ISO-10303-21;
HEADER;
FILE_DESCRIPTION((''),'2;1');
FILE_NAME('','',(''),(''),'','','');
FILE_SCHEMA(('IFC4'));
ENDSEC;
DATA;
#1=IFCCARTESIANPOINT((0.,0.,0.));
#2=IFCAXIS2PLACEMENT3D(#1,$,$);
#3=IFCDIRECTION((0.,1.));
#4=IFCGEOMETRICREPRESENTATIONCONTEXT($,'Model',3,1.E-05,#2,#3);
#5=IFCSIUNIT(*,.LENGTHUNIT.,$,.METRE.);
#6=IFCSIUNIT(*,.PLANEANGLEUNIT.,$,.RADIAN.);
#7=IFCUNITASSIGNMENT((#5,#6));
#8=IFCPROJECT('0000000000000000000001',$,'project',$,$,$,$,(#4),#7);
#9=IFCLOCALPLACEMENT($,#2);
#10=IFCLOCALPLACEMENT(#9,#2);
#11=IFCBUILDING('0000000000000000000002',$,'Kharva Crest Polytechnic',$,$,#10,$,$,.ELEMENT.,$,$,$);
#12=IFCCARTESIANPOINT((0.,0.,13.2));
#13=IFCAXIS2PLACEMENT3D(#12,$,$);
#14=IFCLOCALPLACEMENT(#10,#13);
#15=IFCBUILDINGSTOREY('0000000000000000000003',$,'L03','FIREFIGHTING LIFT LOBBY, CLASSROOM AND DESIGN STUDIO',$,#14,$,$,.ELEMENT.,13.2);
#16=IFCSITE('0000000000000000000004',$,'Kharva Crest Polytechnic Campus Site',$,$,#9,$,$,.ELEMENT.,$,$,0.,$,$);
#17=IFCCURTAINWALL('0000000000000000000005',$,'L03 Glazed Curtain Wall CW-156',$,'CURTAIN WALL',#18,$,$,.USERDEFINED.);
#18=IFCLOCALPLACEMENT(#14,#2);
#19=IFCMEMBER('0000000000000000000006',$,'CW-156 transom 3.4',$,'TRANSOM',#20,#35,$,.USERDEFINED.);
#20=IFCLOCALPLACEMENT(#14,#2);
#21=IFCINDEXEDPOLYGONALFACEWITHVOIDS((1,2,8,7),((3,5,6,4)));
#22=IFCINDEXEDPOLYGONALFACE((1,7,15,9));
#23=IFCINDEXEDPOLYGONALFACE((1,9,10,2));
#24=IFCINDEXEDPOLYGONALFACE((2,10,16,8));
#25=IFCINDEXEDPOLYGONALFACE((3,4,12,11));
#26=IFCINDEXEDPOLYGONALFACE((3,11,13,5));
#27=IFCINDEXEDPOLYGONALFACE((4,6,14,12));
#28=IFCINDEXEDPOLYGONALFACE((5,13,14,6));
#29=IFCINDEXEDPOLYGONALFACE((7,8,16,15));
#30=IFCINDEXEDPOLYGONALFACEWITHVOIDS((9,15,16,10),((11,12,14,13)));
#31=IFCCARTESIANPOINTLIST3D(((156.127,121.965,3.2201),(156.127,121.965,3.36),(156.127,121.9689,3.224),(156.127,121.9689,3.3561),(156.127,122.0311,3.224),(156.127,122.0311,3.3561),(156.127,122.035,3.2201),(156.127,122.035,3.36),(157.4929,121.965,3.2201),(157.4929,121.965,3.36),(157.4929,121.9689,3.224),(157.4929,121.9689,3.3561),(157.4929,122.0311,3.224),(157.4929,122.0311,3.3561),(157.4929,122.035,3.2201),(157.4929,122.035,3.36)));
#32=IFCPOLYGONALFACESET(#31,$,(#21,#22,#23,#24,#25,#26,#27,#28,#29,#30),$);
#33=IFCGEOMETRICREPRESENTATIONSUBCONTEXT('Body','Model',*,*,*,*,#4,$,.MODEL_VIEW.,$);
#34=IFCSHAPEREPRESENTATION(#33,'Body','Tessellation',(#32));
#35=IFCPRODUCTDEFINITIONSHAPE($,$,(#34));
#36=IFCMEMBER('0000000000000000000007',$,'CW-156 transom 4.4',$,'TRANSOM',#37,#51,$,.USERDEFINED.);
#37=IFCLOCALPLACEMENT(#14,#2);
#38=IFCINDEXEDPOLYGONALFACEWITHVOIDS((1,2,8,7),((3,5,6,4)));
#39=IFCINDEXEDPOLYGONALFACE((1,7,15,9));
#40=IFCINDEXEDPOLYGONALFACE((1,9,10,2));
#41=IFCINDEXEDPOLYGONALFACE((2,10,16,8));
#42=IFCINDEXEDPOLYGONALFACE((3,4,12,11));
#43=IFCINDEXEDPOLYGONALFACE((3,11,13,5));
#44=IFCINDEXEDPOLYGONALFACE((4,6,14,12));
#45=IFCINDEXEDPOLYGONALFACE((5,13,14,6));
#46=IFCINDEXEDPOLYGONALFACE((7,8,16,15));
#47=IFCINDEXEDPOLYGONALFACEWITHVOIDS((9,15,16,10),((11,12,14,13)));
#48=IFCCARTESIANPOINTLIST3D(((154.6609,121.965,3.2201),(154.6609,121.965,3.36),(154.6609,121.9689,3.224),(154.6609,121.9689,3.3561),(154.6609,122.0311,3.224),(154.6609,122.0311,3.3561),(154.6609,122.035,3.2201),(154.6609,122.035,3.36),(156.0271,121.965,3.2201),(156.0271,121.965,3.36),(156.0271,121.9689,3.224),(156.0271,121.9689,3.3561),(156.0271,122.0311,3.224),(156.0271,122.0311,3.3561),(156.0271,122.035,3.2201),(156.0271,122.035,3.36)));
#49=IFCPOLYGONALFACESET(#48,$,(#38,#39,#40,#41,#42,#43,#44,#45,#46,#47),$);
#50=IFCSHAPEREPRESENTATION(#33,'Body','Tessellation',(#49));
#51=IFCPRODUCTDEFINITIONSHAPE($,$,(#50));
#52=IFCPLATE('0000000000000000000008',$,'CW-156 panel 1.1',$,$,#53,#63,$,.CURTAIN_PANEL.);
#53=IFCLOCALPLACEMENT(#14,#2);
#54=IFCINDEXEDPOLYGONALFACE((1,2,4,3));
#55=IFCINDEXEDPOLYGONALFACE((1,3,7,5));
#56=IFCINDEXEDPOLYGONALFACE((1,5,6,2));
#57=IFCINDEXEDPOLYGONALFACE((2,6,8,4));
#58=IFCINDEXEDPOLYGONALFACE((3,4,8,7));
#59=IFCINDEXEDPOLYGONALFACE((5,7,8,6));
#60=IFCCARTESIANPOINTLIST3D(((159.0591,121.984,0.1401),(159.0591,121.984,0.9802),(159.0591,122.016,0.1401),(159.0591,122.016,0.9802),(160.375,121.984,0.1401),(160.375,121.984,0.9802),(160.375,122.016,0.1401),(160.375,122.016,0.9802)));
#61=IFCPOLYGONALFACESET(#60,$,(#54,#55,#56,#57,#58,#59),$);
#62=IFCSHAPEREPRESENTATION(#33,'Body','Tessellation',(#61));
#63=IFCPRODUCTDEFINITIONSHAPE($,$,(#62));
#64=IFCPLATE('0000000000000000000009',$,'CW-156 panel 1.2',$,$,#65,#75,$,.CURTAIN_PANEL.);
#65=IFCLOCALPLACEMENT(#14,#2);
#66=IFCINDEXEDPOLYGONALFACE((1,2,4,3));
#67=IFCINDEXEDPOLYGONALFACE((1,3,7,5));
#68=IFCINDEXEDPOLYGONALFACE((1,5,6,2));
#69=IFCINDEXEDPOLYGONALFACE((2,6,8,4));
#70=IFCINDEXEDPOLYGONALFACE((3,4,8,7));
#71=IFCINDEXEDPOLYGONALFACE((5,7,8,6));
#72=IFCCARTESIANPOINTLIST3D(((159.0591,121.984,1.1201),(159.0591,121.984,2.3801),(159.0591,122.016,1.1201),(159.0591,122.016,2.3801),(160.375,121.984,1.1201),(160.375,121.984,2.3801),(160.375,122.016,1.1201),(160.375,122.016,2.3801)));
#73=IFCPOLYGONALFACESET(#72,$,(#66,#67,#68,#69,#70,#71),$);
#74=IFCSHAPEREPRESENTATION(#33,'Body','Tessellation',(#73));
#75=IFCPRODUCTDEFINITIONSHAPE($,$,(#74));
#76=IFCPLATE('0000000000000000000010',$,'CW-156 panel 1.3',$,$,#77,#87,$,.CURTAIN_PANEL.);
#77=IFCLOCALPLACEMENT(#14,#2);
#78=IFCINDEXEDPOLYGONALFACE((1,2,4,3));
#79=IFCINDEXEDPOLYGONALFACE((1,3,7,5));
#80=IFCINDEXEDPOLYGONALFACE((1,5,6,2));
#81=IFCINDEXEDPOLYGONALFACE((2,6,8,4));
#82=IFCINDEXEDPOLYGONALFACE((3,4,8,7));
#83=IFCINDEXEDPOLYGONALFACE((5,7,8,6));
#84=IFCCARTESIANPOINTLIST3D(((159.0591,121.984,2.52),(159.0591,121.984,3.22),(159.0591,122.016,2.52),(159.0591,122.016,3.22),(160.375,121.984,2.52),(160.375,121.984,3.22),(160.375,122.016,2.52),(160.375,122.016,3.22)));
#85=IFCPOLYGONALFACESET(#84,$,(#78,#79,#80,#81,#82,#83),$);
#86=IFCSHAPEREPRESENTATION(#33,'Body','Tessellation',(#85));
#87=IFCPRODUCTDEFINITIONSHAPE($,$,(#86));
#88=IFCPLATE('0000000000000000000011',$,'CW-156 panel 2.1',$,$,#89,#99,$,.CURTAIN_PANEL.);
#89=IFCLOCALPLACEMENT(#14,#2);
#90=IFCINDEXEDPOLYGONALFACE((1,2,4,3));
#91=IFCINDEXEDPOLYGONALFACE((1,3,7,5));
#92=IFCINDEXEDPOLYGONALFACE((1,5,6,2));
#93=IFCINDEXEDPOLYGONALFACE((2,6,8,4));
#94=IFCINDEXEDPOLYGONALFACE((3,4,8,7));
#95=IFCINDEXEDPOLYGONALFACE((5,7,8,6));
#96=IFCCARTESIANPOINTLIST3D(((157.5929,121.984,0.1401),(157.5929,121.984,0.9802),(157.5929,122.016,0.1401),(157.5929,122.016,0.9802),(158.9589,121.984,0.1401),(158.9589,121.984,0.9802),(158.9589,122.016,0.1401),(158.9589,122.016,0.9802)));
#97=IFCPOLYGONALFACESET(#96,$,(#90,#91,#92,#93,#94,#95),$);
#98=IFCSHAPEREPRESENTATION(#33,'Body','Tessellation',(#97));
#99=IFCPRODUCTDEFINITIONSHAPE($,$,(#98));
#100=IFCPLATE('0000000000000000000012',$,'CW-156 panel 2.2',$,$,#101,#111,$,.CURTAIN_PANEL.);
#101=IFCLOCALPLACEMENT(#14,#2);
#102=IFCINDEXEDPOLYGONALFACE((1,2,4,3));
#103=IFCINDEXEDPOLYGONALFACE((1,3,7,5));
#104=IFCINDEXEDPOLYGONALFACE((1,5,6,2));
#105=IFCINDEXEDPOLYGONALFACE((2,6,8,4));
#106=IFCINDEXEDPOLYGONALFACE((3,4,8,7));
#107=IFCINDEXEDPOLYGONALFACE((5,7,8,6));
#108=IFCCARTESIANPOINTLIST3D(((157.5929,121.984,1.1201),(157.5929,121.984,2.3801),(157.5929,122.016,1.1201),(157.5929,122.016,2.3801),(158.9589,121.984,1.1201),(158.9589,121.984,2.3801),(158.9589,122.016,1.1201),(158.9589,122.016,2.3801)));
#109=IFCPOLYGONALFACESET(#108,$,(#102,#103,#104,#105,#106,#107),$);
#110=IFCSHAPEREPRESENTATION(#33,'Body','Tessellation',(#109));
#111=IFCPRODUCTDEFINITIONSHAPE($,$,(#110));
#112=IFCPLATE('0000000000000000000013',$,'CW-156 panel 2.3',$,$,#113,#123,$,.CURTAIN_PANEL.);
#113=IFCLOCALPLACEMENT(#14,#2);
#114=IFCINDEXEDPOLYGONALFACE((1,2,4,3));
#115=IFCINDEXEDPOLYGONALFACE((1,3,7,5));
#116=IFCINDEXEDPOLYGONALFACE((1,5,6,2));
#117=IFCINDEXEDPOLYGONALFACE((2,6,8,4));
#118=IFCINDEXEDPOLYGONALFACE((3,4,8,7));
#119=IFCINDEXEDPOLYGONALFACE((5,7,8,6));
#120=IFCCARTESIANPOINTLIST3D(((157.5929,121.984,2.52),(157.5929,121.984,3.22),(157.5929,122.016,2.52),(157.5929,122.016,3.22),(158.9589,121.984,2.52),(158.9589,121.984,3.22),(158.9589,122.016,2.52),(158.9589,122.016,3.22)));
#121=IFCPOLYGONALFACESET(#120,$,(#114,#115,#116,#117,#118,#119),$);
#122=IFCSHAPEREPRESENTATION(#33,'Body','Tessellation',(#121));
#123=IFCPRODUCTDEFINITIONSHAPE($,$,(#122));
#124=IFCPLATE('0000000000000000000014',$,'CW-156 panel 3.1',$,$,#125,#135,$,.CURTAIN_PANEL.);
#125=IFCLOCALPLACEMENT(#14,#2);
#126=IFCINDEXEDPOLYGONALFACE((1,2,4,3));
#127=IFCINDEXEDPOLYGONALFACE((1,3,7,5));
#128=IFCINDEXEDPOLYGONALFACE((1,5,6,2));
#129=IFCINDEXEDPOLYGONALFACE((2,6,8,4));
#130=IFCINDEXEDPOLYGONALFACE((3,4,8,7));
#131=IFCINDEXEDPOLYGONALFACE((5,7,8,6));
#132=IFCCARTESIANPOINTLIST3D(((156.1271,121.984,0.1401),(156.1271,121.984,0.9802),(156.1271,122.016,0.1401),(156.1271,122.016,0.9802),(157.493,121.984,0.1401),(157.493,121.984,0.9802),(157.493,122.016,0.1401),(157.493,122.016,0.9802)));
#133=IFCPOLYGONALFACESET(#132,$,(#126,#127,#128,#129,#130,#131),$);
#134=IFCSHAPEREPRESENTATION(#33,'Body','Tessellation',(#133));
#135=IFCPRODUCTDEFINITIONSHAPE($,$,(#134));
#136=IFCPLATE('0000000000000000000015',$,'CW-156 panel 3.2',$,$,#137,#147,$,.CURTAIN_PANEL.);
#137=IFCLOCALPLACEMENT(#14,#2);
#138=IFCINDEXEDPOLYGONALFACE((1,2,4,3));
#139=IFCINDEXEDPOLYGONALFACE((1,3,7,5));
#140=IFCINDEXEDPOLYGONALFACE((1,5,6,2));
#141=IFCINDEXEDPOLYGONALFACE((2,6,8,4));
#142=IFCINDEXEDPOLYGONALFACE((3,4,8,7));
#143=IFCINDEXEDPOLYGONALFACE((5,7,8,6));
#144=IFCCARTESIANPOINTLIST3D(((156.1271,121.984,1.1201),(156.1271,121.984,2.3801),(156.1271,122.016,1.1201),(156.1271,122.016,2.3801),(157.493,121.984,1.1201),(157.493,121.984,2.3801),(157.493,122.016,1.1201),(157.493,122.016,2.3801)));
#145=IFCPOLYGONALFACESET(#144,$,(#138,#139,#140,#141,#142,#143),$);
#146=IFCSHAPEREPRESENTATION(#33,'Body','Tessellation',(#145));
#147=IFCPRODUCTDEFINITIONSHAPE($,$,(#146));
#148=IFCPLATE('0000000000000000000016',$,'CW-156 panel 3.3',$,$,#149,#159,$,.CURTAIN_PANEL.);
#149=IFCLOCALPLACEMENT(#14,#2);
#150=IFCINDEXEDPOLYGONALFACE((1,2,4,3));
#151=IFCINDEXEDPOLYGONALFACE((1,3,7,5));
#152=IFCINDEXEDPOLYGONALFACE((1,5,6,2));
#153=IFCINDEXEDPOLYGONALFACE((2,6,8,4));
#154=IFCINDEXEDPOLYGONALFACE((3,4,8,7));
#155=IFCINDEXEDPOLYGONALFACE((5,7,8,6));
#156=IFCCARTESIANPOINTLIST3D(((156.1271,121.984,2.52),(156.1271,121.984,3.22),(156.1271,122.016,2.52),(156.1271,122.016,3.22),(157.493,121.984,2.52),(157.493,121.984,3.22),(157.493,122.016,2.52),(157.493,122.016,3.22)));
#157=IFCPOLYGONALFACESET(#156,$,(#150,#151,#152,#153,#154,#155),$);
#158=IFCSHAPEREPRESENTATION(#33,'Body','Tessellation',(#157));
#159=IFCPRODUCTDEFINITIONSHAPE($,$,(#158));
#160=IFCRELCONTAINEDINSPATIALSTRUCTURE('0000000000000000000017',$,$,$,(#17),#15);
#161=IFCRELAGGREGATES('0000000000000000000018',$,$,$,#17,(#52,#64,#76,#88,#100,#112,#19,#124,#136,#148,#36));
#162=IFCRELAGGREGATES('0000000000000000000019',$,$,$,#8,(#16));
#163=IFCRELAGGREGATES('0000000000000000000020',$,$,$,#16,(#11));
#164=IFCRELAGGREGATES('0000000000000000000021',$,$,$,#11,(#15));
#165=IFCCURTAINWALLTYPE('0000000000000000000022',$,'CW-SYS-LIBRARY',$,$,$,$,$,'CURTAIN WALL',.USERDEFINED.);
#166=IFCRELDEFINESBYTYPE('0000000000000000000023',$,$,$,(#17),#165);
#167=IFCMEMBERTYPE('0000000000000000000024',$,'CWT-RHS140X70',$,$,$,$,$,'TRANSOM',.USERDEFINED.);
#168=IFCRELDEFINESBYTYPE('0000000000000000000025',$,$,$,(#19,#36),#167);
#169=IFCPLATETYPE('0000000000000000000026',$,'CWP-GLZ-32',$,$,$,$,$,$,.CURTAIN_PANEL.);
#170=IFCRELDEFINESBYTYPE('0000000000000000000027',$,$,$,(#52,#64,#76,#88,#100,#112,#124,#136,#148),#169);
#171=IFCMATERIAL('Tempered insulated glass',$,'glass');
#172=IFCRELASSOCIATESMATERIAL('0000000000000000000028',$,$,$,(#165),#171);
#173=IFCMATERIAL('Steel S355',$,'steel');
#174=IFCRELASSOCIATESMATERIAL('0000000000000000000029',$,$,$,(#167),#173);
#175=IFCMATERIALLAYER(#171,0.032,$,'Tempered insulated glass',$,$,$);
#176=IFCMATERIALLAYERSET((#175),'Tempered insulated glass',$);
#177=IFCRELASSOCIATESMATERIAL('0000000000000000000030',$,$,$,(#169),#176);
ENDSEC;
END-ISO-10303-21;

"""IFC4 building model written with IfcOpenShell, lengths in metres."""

from ifc_helpers import new_model, si_unit, direction, frame, origin, origin_2d, place, context, subcontext, project, spatial, rectangle, hollow_rectangle, extrude, material, layer, layer_set, material_profile, profile_set, type_object, element, aggregate, save


model = new_model("IFC4")

# Units and contexts
model_context = context("Model", 3, precision=1e-05, world=origin(), true_north=direction((0.0, 1.0)))
body_context = subcontext(model_context, "Body", "Model", "MODEL_VIEW")
ifc_project = project(units=[si_unit("LENGTHUNIT", "METRE"), si_unit("PLANEANGLEUNIT", "RADIAN")], contexts=[model_context])

# Site, building, storey
site_placement = place(None, origin())
site = spatial("IfcSite", under=ifc_project, at=site_placement, Name="Kharva Crest Polytechnic Campus Site", CompositionType="ELEMENT", RefElevation=0.0)
building_placement = place(site_placement, origin())
building = spatial("IfcBuilding", under=site, at=building_placement, Name="Kharva Crest Polytechnic", CompositionType="ELEMENT")
storey_placement = place(building_placement, frame((0.0, 0.0, 13.2)))
storey = spatial("IfcBuildingStorey", under=building, at=storey_placement, Name="L03", Description="FIREFIGHTING LIFT LOBBY, CLASSROOM AND DESIGN STUDIO", CompositionType="ELEMENT", Elevation=13.2)

# Curtain wall, members, plates
ifc_material_1 = material(Name="Tempered insulated glass", Category="glass")
curtain_wall_type = type_object("IfcCurtainWallType", Name="CW-SYS-LIBRARY", ElementType="CURTAIN WALL", PredefinedType="USERDEFINED", material=ifc_material_1)
curtain_wall_placement = place(storey_placement, origin())
curtain_wall = element("IfcCurtainWall", 1, at=curtain_wall_placement, inside=storey, type_object=curtain_wall_type, Name="L03 Glazed Curtain Wall CW-156", ObjectType="CURTAIN WALL", PredefinedType="USERDEFINED")
ifc_material_2 = material(Name="Steel S355", Category="steel")
ifc_material_profile_1 = material_profile(ifc_material_2, hollow_rectangle(XDim=0.0701, YDim=0.1399, WallThickness=0.0039, at=origin_2d()), Name="RHS 140X70X4.0")
ifc_profile_set_1 = profile_set([ifc_material_profile_1], Name="Steel S355")
member_type_1 = type_object("IfcMemberType", Name="CWT-RHS140X70", ElementType="TRANSOM", PredefinedType="USERDEFINED", material=ifc_profile_set_1)
member_1_placement = place(storey_placement, frame((157.4929, 122.0, 3.29), z_axis=(-1.0, 0.0, 0.0), x_axis=(0.0, -1.0, 0.0)))
member_1 = element("IfcMember", 2, at=member_1_placement, type_object=member_type_1, Name="CW-156 transom 3.4", ObjectType="TRANSOM", PredefinedType="USERDEFINED", context=body_context, shape_type="SweptSolid", body=[
    extrude(hollow_rectangle(XDim=0.0701, YDim=0.1399, WallThickness=0.0039, at=origin_2d()), origin(), (0.0, 0.0, 1.0), 1.366),
])
member_2_placement = place(storey_placement, frame((156.0271, 122.0, 3.29), z_axis=(-1.0, 0.0, 0.0), x_axis=(0.0, -1.0, 0.0)))
member_2 = element("IfcMember", 3, at=member_2_placement, type_object=member_type_1, Name="CW-156 transom 4.4", ObjectType="TRANSOM", PredefinedType="USERDEFINED", context=body_context, shape_type="SweptSolid", body=[
    extrude(hollow_rectangle(XDim=0.0701, YDim=0.1399, WallThickness=0.0039, at=origin_2d()), origin(), (0.0, 0.0, 1.0), 1.3662),
])
ifc_layer = layer(ifc_material_1, 0.032, Name="Tempered insulated glass")
ifc_layer_set = layer_set([ifc_layer], Name="Tempered insulated glass")
plate_type = type_object("IfcPlateType", Name="CWP-GLZ-32", PredefinedType="CURTAIN_PANEL", material=ifc_layer_set)
plate_1_placement = place(storey_placement, frame((159.717, 122.0, 0.1401), z_axis=(0.0, 0.0, 1.0), x_axis=(-1.0, 0.0, 0.0)))
plate_1 = element("IfcPlate", 4, at=plate_1_placement, type_object=plate_type, Name="CW-156 panel 1.1", PredefinedType="CURTAIN_PANEL", context=body_context, shape_type="SweptSolid", body=[
    extrude(rectangle(XDim=1.3159, YDim=0.032, at=origin_2d()), origin(), (0.0, 0.0, 1.0), 0.8401),
])
plate_2_placement = place(storey_placement, frame((159.717, 122.0, 1.1201), z_axis=(0.0, 0.0, 1.0), x_axis=(-1.0, 0.0, 0.0)))
plate_2 = element("IfcPlate", 5, at=plate_2_placement, type_object=plate_type, Name="CW-156 panel 1.2", PredefinedType="CURTAIN_PANEL", context=body_context, shape_type="SweptSolid", body=[
    extrude(rectangle(XDim=1.3159, YDim=0.032, at=origin_2d()), origin(), (0.0, 0.0, 1.0), 1.26),
])
plate_3_placement = place(storey_placement, frame((159.717, 122.0, 2.52), z_axis=(0.0, 0.0, 1.0), x_axis=(-1.0, 0.0, 0.0)))
plate_3 = element("IfcPlate", 6, at=plate_3_placement, type_object=plate_type, Name="CW-156 panel 1.3", PredefinedType="CURTAIN_PANEL", context=body_context, shape_type="SweptSolid", body=[
    extrude(rectangle(XDim=1.3159, YDim=0.032, at=origin_2d()), origin(), (0.0, 0.0, 1.0), 0.7),
])
plate_4_placement = place(storey_placement, frame((158.2759, 122.0, 0.1401), z_axis=(0.0, 0.0, 1.0), x_axis=(-1.0, 0.0, 0.0)))
plate_4 = element("IfcPlate", 7, at=plate_4_placement, type_object=plate_type, Name="CW-156 panel 2.1", PredefinedType="CURTAIN_PANEL", context=body_context, shape_type="SweptSolid", body=[
    extrude(rectangle(XDim=1.366, YDim=0.032, at=origin_2d()), origin(), (0.0, 0.0, 1.0), 0.8401),
])
plate_5_placement = place(storey_placement, frame((158.2759, 122.0, 1.1201), z_axis=(0.0, 0.0, 1.0), x_axis=(-1.0, 0.0, 0.0)))
plate_5 = element("IfcPlate", 8, at=plate_5_placement, type_object=plate_type, Name="CW-156 panel 2.2", PredefinedType="CURTAIN_PANEL", context=body_context, shape_type="SweptSolid", body=[
    extrude(rectangle(XDim=1.366, YDim=0.032, at=origin_2d()), origin(), (0.0, 0.0, 1.0), 1.26),
])
plate_6_placement = place(storey_placement, frame((158.2759, 122.0, 2.52), z_axis=(0.0, 0.0, 1.0), x_axis=(-1.0, 0.0, 0.0)))
plate_6 = element("IfcPlate", 9, at=plate_6_placement, type_object=plate_type, Name="CW-156 panel 2.3", PredefinedType="CURTAIN_PANEL", context=body_context, shape_type="SweptSolid", body=[
    extrude(rectangle(XDim=1.366, YDim=0.032, at=origin_2d()), origin(), (0.0, 0.0, 1.0), 0.7),
])
plate_7_placement = place(storey_placement, frame((156.8101, 122.0, 0.1401), z_axis=(0.0, 0.0, 1.0), x_axis=(-1.0, 0.0, 0.0)))
plate_7 = element("IfcPlate", 10, at=plate_7_placement, type_object=plate_type, Name="CW-156 panel 3.1", PredefinedType="CURTAIN_PANEL", context=body_context, shape_type="SweptSolid", body=[
    extrude(rectangle(XDim=1.366, YDim=0.032, at=origin_2d()), origin(), (0.0, 0.0, 1.0), 0.8401),
])
plate_8_placement = place(storey_placement, frame((156.8101, 122.0, 1.1201), z_axis=(0.0, 0.0, 1.0), x_axis=(-1.0, 0.0, 0.0)))
plate_8 = element("IfcPlate", 11, at=plate_8_placement, type_object=plate_type, Name="CW-156 panel 3.2", PredefinedType="CURTAIN_PANEL", context=body_context, shape_type="SweptSolid", body=[
    extrude(rectangle(XDim=1.366, YDim=0.032, at=origin_2d()), origin(), (0.0, 0.0, 1.0), 1.26),
])
plate_9_placement = place(storey_placement, frame((156.8101, 122.0, 2.52), z_axis=(0.0, 0.0, 1.0), x_axis=(-1.0, 0.0, 0.0)))
plate_9 = element("IfcPlate", 12, at=plate_9_placement, type_object=plate_type, Name="CW-156 panel 3.3", PredefinedType="CURTAIN_PANEL", context=body_context, shape_type="SweptSolid", body=[
    extrude(rectangle(XDim=1.366, YDim=0.032, at=origin_2d()), origin(), (0.0, 0.0, 1.0), 0.7),
])
aggregate(curtain_wall, [plate_1, plate_2, plate_3, plate_4, plate_5, plate_6, member_1, plate_7, plate_8, plate_9, member_2])

save(model, "model.ifc")
